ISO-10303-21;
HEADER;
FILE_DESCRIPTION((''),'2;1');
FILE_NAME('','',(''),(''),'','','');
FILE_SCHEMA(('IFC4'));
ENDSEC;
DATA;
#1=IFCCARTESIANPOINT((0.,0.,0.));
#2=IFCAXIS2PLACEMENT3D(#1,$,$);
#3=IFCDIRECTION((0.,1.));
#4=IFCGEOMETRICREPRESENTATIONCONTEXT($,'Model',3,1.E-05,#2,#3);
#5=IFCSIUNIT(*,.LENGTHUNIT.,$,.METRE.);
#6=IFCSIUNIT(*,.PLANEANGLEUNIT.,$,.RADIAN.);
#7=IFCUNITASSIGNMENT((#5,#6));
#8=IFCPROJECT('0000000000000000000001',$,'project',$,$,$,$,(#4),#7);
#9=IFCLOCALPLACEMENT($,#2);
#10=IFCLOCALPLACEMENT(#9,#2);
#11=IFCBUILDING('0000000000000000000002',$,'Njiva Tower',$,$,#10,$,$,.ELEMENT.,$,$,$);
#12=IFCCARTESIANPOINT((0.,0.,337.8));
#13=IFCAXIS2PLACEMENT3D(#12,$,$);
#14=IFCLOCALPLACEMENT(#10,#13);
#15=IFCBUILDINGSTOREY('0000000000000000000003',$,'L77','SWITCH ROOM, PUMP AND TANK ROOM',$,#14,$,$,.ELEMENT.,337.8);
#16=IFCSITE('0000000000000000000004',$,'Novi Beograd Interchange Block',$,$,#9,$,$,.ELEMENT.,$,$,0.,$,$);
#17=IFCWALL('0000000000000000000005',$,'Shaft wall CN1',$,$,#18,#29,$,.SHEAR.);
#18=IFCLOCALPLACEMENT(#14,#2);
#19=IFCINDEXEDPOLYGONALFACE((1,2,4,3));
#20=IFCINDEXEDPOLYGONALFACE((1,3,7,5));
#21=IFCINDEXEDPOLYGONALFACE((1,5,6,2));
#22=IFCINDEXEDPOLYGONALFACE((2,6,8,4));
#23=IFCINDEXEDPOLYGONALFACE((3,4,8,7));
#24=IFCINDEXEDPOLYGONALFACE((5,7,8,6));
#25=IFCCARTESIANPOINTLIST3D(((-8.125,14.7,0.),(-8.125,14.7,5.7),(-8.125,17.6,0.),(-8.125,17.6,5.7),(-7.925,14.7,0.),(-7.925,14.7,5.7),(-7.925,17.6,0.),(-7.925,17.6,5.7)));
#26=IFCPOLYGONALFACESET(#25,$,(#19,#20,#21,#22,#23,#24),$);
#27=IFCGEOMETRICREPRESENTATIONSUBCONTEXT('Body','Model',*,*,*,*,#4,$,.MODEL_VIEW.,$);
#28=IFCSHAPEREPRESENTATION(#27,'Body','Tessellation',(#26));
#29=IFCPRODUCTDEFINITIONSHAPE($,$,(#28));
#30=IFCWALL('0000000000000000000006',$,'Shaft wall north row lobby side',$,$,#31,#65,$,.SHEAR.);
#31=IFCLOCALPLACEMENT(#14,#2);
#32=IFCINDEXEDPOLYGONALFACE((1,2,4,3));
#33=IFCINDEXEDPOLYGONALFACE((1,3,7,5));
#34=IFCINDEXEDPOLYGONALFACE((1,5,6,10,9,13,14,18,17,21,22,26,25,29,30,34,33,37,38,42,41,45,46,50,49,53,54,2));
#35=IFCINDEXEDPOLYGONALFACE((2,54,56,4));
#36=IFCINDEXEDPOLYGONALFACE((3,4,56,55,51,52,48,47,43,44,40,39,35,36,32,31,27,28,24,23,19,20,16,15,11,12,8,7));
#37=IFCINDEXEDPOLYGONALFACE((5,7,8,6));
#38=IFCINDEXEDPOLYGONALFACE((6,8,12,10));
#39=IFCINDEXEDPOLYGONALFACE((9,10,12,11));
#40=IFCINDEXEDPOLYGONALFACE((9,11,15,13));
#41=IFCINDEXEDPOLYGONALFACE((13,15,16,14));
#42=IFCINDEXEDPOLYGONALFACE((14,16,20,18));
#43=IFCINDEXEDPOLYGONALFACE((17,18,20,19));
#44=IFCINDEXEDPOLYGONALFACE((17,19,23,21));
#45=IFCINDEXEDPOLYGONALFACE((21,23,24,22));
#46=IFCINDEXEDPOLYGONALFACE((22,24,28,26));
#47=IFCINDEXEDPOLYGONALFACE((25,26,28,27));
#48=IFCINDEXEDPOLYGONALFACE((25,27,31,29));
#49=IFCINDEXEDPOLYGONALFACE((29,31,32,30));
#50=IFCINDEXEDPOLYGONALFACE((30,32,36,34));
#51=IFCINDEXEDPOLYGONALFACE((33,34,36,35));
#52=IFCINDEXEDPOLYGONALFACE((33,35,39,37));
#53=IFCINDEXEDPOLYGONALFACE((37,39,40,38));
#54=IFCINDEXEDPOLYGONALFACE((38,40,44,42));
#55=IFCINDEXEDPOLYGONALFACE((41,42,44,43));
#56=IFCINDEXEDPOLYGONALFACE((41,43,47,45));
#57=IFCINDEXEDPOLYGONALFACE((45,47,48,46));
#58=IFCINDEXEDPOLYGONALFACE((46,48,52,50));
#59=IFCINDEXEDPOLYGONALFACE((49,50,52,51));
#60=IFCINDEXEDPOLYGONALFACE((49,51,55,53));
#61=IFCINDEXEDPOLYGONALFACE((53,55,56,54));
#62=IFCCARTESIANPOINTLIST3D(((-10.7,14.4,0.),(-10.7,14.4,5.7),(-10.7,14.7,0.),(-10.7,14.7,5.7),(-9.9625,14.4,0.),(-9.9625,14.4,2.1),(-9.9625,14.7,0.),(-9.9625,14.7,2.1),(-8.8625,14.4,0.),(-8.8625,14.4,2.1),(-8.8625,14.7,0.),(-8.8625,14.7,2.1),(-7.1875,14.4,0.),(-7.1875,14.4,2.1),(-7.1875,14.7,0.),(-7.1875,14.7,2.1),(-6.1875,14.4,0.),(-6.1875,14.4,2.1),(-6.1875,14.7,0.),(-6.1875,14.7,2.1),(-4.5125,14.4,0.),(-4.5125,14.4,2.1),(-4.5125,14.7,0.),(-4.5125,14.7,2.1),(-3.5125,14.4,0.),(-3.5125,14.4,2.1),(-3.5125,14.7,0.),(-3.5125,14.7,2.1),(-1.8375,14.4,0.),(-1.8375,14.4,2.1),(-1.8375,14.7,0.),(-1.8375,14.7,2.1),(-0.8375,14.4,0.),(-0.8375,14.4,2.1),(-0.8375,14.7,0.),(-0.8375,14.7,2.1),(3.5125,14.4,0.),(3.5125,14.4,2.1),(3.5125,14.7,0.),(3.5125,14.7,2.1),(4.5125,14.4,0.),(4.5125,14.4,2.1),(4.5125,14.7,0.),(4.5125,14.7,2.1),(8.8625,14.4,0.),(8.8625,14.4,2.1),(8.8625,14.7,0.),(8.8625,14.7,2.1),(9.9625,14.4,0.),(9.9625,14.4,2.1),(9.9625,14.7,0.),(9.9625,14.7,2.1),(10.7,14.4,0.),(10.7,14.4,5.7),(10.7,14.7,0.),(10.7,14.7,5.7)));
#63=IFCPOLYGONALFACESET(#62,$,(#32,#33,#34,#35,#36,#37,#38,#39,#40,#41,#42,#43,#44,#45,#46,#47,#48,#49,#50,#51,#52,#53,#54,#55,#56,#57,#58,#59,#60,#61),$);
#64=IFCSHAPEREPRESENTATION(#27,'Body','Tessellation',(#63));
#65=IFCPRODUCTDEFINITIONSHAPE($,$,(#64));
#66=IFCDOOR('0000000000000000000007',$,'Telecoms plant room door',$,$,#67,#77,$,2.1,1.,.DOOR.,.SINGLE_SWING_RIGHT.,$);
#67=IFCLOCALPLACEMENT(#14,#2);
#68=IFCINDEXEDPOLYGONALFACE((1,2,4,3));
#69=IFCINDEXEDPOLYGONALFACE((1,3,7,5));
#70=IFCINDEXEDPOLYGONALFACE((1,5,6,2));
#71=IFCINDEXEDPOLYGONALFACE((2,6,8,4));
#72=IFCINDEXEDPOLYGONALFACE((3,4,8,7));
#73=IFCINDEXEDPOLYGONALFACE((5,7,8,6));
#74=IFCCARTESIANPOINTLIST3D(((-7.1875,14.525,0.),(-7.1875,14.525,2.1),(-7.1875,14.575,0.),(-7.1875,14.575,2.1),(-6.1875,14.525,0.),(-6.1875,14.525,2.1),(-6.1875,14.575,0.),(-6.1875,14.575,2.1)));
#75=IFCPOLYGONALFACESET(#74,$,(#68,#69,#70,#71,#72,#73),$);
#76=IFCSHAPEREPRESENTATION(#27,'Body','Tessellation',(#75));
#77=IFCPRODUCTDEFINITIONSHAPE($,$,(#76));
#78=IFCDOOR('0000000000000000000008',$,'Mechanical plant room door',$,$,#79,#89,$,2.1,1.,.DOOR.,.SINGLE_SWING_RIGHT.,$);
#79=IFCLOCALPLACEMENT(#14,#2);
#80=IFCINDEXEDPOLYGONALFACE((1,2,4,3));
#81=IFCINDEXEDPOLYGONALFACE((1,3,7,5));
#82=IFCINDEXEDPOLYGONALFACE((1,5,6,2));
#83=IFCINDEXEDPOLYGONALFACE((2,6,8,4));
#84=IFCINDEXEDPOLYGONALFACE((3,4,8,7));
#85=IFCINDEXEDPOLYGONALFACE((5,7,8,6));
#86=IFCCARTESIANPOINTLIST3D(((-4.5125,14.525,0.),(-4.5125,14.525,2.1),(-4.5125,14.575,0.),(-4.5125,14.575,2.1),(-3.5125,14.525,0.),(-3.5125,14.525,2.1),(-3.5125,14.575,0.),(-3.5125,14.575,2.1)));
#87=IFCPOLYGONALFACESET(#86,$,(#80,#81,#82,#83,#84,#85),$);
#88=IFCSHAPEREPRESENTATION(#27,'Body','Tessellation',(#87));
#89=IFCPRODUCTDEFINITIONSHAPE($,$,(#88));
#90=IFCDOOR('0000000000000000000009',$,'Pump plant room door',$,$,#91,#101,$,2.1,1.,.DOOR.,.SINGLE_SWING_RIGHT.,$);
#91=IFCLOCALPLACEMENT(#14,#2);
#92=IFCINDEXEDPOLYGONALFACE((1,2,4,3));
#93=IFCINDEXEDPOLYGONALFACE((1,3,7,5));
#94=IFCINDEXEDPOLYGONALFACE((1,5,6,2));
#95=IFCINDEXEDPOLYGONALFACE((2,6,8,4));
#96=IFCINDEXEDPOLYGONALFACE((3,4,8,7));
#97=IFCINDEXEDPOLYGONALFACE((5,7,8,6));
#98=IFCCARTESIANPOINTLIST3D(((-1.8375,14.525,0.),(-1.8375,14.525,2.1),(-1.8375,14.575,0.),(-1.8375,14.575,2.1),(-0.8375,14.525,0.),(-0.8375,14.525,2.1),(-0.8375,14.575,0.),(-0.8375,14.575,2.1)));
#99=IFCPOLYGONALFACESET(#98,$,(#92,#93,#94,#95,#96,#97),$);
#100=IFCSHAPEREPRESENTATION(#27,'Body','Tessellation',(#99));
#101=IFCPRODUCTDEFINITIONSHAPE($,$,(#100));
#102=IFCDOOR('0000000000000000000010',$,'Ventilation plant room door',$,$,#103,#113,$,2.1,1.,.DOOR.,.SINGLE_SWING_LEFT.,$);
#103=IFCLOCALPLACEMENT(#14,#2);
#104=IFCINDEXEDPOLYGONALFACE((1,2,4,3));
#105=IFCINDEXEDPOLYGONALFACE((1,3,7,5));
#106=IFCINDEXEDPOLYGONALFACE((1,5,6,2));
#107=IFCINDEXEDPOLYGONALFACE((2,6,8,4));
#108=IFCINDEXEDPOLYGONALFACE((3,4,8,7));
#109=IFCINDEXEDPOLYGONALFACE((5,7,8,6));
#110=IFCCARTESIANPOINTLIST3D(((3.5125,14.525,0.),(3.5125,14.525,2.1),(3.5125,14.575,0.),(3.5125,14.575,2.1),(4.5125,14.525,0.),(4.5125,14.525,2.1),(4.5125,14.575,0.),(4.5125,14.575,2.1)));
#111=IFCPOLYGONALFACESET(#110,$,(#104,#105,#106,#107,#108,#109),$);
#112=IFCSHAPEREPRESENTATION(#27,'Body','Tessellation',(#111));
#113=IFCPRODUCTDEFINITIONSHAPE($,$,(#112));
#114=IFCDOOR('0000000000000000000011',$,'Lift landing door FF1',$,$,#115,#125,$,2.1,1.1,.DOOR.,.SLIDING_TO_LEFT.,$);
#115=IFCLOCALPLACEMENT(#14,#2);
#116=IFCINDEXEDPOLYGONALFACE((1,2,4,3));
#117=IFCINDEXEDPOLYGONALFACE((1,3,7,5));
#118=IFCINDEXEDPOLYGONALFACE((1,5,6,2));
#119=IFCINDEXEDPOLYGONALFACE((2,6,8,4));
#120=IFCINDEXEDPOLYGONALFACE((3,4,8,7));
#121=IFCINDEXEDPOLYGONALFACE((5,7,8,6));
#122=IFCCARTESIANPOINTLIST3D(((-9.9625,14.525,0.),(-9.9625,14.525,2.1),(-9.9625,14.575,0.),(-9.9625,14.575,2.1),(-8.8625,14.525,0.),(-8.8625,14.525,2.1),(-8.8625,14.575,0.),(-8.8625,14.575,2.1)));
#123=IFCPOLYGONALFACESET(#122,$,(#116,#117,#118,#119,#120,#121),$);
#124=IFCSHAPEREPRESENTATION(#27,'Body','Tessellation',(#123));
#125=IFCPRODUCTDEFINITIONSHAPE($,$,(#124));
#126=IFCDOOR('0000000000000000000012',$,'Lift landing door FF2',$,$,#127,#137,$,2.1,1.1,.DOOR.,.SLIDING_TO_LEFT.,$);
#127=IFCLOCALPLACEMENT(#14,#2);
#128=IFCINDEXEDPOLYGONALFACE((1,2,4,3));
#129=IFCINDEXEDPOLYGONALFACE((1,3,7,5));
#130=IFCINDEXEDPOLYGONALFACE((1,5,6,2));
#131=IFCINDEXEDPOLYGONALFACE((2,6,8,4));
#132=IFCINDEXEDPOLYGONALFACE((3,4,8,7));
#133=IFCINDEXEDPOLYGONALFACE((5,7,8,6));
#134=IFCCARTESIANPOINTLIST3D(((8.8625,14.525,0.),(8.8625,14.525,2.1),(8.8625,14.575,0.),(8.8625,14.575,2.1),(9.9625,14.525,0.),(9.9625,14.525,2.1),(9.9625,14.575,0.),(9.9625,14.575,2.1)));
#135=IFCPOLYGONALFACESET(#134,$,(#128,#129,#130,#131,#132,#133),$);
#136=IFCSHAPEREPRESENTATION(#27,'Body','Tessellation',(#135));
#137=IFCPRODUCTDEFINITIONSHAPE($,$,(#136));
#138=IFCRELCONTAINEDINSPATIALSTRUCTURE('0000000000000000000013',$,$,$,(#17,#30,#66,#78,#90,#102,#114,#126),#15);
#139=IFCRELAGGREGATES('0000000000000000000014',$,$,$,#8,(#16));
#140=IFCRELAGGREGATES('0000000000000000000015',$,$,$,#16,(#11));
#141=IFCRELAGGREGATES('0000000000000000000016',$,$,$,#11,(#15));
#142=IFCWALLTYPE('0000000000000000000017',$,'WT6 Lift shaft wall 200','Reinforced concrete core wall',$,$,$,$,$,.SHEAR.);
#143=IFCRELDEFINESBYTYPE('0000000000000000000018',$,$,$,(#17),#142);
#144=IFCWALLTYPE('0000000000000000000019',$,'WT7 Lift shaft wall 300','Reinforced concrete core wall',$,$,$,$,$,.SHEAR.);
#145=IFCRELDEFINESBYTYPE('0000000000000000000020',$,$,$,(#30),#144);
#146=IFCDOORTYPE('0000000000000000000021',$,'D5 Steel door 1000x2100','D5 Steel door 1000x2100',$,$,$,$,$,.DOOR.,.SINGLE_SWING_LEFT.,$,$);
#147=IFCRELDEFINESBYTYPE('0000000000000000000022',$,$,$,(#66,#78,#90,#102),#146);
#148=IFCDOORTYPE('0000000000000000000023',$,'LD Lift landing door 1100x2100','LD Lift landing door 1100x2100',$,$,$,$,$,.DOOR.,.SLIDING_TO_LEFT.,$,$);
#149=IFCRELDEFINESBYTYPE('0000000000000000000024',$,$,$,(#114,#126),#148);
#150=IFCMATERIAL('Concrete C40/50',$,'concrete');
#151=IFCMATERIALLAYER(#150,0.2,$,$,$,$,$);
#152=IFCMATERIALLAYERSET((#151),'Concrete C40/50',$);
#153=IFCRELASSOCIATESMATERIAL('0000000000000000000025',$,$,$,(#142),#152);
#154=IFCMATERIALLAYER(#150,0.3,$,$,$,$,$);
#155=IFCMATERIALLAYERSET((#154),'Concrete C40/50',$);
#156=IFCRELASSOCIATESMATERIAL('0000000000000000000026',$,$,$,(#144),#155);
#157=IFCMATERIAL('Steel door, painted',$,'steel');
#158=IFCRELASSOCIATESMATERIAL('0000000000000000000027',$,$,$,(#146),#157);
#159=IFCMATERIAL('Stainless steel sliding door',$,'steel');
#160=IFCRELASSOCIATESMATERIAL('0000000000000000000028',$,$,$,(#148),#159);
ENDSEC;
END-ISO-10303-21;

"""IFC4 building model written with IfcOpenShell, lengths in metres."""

from ifc_helpers import new_model, si_unit, direction, frame, frame_2d, origin, place, context, subcontext, project, spatial, rectangle, extrude, material, layer, layer_set, type_object, element, fill, save


model = new_model("IFC4")

# Units and contexts
model_context = context("Model", 3, precision=1e-05, world=origin(), true_north=direction((0.0, 1.0)))
body_context = subcontext(model_context, "Body", "Model", "MODEL_VIEW")
ifc_project = project(units=[si_unit("LENGTHUNIT", "METRE"), si_unit("PLANEANGLEUNIT", "RADIAN")], contexts=[model_context])

# Site, building, storey
site_placement = place(None, origin())
site = spatial("IfcSite", under=ifc_project, at=site_placement, Name="Novi Beograd Interchange Block", CompositionType="ELEMENT", RefElevation=0.0)
building_placement = place(site_placement, origin())
building = spatial("IfcBuilding", under=site, at=building_placement, Name="Njiva Tower", CompositionType="ELEMENT")
storey_placement = place(building_placement, frame((0.0, 0.0, 337.8)))
storey = spatial("IfcBuildingStorey", under=building, at=storey_placement, Name="L77", Description="SWITCH ROOM, PUMP AND TANK ROOM", CompositionType="ELEMENT", Elevation=337.8)

# Wall
ifc_material_1 = material(Name="Concrete C40/50", Category="concrete")
ifc_layer_1 = layer(ifc_material_1, 0.2)
ifc_layer_set_1 = layer_set([ifc_layer_1], Name="Concrete C40/50")
wall_type_1 = type_object("IfcWallType", Name="WT6 Lift shaft wall 200", Description="Reinforced concrete core wall", PredefinedType="SHEAR", material=ifc_layer_set_1)
wall_1_placement = place(storey_placement, frame((-8.025, 14.7, 0.0), z_axis=(0.0, 0.0, 1.0), x_axis=(0.0, 1.0, 0.0)))
element("IfcWall", 1, at=wall_1_placement, inside=storey, type_object=wall_type_1, Name="Shaft wall CN1", PredefinedType="SHEAR", context=body_context, shape_type="SweptSolid", body=[
    extrude(rectangle(XDim=2.9, YDim=0.2, at=frame_2d((1.45, 0.0))), origin(), (0.0, 0.0, 1.0), 5.7),
])

# Wall, openings, doors
ifc_layer_2 = layer(ifc_material_1, 0.3)
ifc_layer_set_2 = layer_set([ifc_layer_2], Name="Concrete C40/50")
wall_type_2 = type_object("IfcWallType", Name="WT7 Lift shaft wall 300", Description="Reinforced concrete core wall", PredefinedType="SHEAR", material=ifc_layer_set_2)
wall_2_placement = place(storey_placement, frame((-10.7, 14.55, 0.0), z_axis=(0.0, 0.0, 1.0), x_axis=(1.0, 0.0, 0.0)))
wall_2 = element("IfcWall", 2, at=wall_2_placement, inside=storey, type_object=wall_type_2, Name="Shaft wall north row lobby side", PredefinedType="SHEAR", context=body_context, shape_type="SweptSolid", body=[
    extrude(rectangle(XDim=21.4, YDim=0.3, at=frame_2d((10.7, 0.0))), origin(), (0.0, 0.0, 1.0), 5.7),
])
opening_1_placement = place(wall_2_placement, frame((0.7375, 0.0, 0.0)))
opening_1 = element("IfcOpeningElement", 3, at=opening_1_placement, cuts=wall_2, PredefinedType="OPENING", context=body_context, shape_type="SweptSolid", body=[
    extrude(rectangle(XDim=1.1, YDim=2.1, at=frame_2d((0.55, 1.05))), frame((0.0, 0.16, 0.0), z_axis=(0.0, -1.0, 0.0), x_axis=(1.0, 0.0, 0.0)), (0.0, 0.0, 1.0), 0.32),
])
opening_2_placement = place(wall_2_placement, frame((19.5625, 0.0, 0.0)))
opening_2 = element("IfcOpeningElement", 4, at=opening_2_placement, cuts=wall_2, PredefinedType="OPENING", context=body_context, shape_type="SweptSolid", body=[
    extrude(rectangle(XDim=1.1, YDim=2.1, at=frame_2d((0.55, 1.05))), frame((0.0, 0.16, 0.0), z_axis=(0.0, -1.0, 0.0), x_axis=(1.0, 0.0, 0.0)), (0.0, 0.0, 1.0), 0.32),
])
opening_3_placement = place(wall_2_placement, frame((3.5125, 0.0, 0.0)))
opening_3 = element("IfcOpeningElement", 5, at=opening_3_placement, cuts=wall_2, PredefinedType="OPENING", context=body_context, shape_type="SweptSolid", body=[
    extrude(rectangle(XDim=1.0, YDim=2.1, at=frame_2d((0.5, 1.05))), frame((0.0, 0.16, 0.0), z_axis=(0.0, -1.0, 0.0), x_axis=(1.0, 0.0, 0.0)), (0.0, 0.0, 1.0), 0.32),
])
opening_4_placement = place(wall_2_placement, frame((6.1875, 0.0, 0.0)))
opening_4 = element("IfcOpeningElement", 6, at=opening_4_placement, cuts=wall_2, PredefinedType="OPENING", context=body_context, shape_type="SweptSolid", body=[
    extrude(rectangle(XDim=1.0, YDim=2.1, at=frame_2d((0.5, 1.05))), frame((0.0, 0.16, 0.0), z_axis=(0.0, -1.0, 0.0), x_axis=(1.0, 0.0, 0.0)), (0.0, 0.0, 1.0), 0.32),
])
opening_5_placement = place(wall_2_placement, frame((8.8625, 0.0, 0.0)))
opening_5 = element("IfcOpeningElement", 7, at=opening_5_placement, cuts=wall_2, PredefinedType="OPENING", context=body_context, shape_type="SweptSolid", body=[
    extrude(rectangle(XDim=1.0, YDim=2.1, at=frame_2d((0.5, 1.05))), frame((0.0, 0.16, 0.0), z_axis=(0.0, -1.0, 0.0), x_axis=(1.0, 0.0, 0.0)), (0.0, 0.0, 1.0), 0.32),
])
opening_6_placement = place(wall_2_placement, frame((14.2125, 0.0, 0.0)))
opening_6 = element("IfcOpeningElement", 8, at=opening_6_placement, cuts=wall_2, PredefinedType="OPENING", context=body_context, shape_type="SweptSolid", body=[
    extrude(rectangle(XDim=1.0, YDim=2.1, at=frame_2d((0.5, 1.05))), frame((0.0, 0.16, 0.0), z_axis=(0.0, -1.0, 0.0), x_axis=(1.0, 0.0, 0.0)), (0.0, 0.0, 1.0), 0.32),
])
ifc_material_2 = material(Name="Steel door, painted", Category="steel")
door_type_1 = type_object("IfcDoorType", Name="D5 Steel door 1000x2100", Description="D5 Steel door 1000x2100", OperationType="SINGLE_SWING_LEFT", PredefinedType="DOOR", material=ifc_material_2)
door_1_placement = place(opening_3_placement, origin())
door_1 = element("IfcDoor", 9, at=door_1_placement, inside=storey, type_object=door_type_1, Name="Telecoms plant room door", OperationType="SINGLE_SWING_RIGHT", OverallHeight=2.1, OverallWidth=1.0, PredefinedType="DOOR", context=body_context, shape_type="SweptSolid", body=[
    extrude(rectangle(XDim=1.0, YDim=2.1, at=frame_2d((0.5, 1.05))), frame((0.0, 0.025, 0.0), z_axis=(0.0, -1.0, 0.0), x_axis=(1.0, 0.0, 0.0)), (0.0, 0.0, 1.0), 0.05),
])
fill(opening_3, door_1)
door_2_placement = place(opening_4_placement, origin())
door_2 = element("IfcDoor", 10, at=door_2_placement, inside=storey, type_object=door_type_1, Name="Mechanical plant room door", OperationType="SINGLE_SWING_RIGHT", OverallHeight=2.1, OverallWidth=1.0, PredefinedType="DOOR", context=body_context, shape_type="SweptSolid", body=[
    extrude(rectangle(XDim=1.0, YDim=2.1, at=frame_2d((0.5, 1.05))), frame((0.0, 0.025, 0.0), z_axis=(0.0, -1.0, 0.0), x_axis=(1.0, 0.0, 0.0)), (0.0, 0.0, 1.0), 0.05),
])
fill(opening_4, door_2)
door_3_placement = place(opening_5_placement, origin())
door_3 = element("IfcDoor", 11, at=door_3_placement, inside=storey, type_object=door_type_1, Name="Pump plant room door", OperationType="SINGLE_SWING_RIGHT", OverallHeight=2.1, OverallWidth=1.0, PredefinedType="DOOR", context=body_context, shape_type="SweptSolid", body=[
    extrude(rectangle(XDim=1.0, YDim=2.1, at=frame_2d((0.5, 1.05))), frame((0.0, 0.025, 0.0), z_axis=(0.0, -1.0, 0.0), x_axis=(1.0, 0.0, 0.0)), (0.0, 0.0, 1.0), 0.05),
])
fill(opening_5, door_3)
door_4_placement = place(opening_6_placement, origin())
door_4 = element("IfcDoor", 12, at=door_4_placement, inside=storey, type_object=door_type_1, Name="Ventilation plant room door", OperationType="SINGLE_SWING_LEFT", OverallHeight=2.1, OverallWidth=1.0, PredefinedType="DOOR", context=body_context, shape_type="SweptSolid", body=[
    extrude(rectangle(XDim=1.0, YDim=2.1, at=frame_2d((0.5, 1.05))), frame((0.0, 0.025, 0.0), z_axis=(0.0, -1.0, 0.0), x_axis=(1.0, 0.0, 0.0)), (0.0, 0.0, 1.0), 0.05),
])
fill(opening_6, door_4)
ifc_material_3 = material(Name="Stainless steel sliding door", Category="steel")
door_type_2 = type_object("IfcDoorType", Name="LD Lift landing door 1100x2100", Description="LD Lift landing door 1100x2100", OperationType="SLIDING_TO_LEFT", PredefinedType="DOOR", material=ifc_material_3)
door_5_placement = place(opening_1_placement, origin())
door_5 = element("IfcDoor", 13, at=door_5_placement, inside=storey, type_object=door_type_2, Name="Lift landing door FF1", OperationType="SLIDING_TO_LEFT", OverallHeight=2.1, OverallWidth=1.1, PredefinedType="DOOR", context=body_context, shape_type="SweptSolid", body=[
    extrude(rectangle(XDim=1.1, YDim=2.1, at=frame_2d((0.55, 1.05))), frame((0.0, 0.025, 0.0), z_axis=(0.0, -1.0, 0.0), x_axis=(1.0, 0.0, 0.0)), (0.0, 0.0, 1.0), 0.05),
])
fill(opening_1, door_5)
door_6_placement = place(opening_2_placement, origin())
door_6 = element("IfcDoor", 14, at=door_6_placement, inside=storey, type_object=door_type_2, Name="Lift landing door FF2", OperationType="SLIDING_TO_LEFT", OverallHeight=2.1, OverallWidth=1.1, PredefinedType="DOOR", context=body_context, shape_type="SweptSolid", body=[
    extrude(rectangle(XDim=1.1, YDim=2.1, at=frame_2d((0.55, 1.05))), frame((0.0, 0.025, 0.0), z_axis=(0.0, -1.0, 0.0), x_axis=(1.0, 0.0, 0.0)), (0.0, 0.0, 1.0), 0.05),
])
fill(opening_2, door_6)

save(model, "model.ifc")
